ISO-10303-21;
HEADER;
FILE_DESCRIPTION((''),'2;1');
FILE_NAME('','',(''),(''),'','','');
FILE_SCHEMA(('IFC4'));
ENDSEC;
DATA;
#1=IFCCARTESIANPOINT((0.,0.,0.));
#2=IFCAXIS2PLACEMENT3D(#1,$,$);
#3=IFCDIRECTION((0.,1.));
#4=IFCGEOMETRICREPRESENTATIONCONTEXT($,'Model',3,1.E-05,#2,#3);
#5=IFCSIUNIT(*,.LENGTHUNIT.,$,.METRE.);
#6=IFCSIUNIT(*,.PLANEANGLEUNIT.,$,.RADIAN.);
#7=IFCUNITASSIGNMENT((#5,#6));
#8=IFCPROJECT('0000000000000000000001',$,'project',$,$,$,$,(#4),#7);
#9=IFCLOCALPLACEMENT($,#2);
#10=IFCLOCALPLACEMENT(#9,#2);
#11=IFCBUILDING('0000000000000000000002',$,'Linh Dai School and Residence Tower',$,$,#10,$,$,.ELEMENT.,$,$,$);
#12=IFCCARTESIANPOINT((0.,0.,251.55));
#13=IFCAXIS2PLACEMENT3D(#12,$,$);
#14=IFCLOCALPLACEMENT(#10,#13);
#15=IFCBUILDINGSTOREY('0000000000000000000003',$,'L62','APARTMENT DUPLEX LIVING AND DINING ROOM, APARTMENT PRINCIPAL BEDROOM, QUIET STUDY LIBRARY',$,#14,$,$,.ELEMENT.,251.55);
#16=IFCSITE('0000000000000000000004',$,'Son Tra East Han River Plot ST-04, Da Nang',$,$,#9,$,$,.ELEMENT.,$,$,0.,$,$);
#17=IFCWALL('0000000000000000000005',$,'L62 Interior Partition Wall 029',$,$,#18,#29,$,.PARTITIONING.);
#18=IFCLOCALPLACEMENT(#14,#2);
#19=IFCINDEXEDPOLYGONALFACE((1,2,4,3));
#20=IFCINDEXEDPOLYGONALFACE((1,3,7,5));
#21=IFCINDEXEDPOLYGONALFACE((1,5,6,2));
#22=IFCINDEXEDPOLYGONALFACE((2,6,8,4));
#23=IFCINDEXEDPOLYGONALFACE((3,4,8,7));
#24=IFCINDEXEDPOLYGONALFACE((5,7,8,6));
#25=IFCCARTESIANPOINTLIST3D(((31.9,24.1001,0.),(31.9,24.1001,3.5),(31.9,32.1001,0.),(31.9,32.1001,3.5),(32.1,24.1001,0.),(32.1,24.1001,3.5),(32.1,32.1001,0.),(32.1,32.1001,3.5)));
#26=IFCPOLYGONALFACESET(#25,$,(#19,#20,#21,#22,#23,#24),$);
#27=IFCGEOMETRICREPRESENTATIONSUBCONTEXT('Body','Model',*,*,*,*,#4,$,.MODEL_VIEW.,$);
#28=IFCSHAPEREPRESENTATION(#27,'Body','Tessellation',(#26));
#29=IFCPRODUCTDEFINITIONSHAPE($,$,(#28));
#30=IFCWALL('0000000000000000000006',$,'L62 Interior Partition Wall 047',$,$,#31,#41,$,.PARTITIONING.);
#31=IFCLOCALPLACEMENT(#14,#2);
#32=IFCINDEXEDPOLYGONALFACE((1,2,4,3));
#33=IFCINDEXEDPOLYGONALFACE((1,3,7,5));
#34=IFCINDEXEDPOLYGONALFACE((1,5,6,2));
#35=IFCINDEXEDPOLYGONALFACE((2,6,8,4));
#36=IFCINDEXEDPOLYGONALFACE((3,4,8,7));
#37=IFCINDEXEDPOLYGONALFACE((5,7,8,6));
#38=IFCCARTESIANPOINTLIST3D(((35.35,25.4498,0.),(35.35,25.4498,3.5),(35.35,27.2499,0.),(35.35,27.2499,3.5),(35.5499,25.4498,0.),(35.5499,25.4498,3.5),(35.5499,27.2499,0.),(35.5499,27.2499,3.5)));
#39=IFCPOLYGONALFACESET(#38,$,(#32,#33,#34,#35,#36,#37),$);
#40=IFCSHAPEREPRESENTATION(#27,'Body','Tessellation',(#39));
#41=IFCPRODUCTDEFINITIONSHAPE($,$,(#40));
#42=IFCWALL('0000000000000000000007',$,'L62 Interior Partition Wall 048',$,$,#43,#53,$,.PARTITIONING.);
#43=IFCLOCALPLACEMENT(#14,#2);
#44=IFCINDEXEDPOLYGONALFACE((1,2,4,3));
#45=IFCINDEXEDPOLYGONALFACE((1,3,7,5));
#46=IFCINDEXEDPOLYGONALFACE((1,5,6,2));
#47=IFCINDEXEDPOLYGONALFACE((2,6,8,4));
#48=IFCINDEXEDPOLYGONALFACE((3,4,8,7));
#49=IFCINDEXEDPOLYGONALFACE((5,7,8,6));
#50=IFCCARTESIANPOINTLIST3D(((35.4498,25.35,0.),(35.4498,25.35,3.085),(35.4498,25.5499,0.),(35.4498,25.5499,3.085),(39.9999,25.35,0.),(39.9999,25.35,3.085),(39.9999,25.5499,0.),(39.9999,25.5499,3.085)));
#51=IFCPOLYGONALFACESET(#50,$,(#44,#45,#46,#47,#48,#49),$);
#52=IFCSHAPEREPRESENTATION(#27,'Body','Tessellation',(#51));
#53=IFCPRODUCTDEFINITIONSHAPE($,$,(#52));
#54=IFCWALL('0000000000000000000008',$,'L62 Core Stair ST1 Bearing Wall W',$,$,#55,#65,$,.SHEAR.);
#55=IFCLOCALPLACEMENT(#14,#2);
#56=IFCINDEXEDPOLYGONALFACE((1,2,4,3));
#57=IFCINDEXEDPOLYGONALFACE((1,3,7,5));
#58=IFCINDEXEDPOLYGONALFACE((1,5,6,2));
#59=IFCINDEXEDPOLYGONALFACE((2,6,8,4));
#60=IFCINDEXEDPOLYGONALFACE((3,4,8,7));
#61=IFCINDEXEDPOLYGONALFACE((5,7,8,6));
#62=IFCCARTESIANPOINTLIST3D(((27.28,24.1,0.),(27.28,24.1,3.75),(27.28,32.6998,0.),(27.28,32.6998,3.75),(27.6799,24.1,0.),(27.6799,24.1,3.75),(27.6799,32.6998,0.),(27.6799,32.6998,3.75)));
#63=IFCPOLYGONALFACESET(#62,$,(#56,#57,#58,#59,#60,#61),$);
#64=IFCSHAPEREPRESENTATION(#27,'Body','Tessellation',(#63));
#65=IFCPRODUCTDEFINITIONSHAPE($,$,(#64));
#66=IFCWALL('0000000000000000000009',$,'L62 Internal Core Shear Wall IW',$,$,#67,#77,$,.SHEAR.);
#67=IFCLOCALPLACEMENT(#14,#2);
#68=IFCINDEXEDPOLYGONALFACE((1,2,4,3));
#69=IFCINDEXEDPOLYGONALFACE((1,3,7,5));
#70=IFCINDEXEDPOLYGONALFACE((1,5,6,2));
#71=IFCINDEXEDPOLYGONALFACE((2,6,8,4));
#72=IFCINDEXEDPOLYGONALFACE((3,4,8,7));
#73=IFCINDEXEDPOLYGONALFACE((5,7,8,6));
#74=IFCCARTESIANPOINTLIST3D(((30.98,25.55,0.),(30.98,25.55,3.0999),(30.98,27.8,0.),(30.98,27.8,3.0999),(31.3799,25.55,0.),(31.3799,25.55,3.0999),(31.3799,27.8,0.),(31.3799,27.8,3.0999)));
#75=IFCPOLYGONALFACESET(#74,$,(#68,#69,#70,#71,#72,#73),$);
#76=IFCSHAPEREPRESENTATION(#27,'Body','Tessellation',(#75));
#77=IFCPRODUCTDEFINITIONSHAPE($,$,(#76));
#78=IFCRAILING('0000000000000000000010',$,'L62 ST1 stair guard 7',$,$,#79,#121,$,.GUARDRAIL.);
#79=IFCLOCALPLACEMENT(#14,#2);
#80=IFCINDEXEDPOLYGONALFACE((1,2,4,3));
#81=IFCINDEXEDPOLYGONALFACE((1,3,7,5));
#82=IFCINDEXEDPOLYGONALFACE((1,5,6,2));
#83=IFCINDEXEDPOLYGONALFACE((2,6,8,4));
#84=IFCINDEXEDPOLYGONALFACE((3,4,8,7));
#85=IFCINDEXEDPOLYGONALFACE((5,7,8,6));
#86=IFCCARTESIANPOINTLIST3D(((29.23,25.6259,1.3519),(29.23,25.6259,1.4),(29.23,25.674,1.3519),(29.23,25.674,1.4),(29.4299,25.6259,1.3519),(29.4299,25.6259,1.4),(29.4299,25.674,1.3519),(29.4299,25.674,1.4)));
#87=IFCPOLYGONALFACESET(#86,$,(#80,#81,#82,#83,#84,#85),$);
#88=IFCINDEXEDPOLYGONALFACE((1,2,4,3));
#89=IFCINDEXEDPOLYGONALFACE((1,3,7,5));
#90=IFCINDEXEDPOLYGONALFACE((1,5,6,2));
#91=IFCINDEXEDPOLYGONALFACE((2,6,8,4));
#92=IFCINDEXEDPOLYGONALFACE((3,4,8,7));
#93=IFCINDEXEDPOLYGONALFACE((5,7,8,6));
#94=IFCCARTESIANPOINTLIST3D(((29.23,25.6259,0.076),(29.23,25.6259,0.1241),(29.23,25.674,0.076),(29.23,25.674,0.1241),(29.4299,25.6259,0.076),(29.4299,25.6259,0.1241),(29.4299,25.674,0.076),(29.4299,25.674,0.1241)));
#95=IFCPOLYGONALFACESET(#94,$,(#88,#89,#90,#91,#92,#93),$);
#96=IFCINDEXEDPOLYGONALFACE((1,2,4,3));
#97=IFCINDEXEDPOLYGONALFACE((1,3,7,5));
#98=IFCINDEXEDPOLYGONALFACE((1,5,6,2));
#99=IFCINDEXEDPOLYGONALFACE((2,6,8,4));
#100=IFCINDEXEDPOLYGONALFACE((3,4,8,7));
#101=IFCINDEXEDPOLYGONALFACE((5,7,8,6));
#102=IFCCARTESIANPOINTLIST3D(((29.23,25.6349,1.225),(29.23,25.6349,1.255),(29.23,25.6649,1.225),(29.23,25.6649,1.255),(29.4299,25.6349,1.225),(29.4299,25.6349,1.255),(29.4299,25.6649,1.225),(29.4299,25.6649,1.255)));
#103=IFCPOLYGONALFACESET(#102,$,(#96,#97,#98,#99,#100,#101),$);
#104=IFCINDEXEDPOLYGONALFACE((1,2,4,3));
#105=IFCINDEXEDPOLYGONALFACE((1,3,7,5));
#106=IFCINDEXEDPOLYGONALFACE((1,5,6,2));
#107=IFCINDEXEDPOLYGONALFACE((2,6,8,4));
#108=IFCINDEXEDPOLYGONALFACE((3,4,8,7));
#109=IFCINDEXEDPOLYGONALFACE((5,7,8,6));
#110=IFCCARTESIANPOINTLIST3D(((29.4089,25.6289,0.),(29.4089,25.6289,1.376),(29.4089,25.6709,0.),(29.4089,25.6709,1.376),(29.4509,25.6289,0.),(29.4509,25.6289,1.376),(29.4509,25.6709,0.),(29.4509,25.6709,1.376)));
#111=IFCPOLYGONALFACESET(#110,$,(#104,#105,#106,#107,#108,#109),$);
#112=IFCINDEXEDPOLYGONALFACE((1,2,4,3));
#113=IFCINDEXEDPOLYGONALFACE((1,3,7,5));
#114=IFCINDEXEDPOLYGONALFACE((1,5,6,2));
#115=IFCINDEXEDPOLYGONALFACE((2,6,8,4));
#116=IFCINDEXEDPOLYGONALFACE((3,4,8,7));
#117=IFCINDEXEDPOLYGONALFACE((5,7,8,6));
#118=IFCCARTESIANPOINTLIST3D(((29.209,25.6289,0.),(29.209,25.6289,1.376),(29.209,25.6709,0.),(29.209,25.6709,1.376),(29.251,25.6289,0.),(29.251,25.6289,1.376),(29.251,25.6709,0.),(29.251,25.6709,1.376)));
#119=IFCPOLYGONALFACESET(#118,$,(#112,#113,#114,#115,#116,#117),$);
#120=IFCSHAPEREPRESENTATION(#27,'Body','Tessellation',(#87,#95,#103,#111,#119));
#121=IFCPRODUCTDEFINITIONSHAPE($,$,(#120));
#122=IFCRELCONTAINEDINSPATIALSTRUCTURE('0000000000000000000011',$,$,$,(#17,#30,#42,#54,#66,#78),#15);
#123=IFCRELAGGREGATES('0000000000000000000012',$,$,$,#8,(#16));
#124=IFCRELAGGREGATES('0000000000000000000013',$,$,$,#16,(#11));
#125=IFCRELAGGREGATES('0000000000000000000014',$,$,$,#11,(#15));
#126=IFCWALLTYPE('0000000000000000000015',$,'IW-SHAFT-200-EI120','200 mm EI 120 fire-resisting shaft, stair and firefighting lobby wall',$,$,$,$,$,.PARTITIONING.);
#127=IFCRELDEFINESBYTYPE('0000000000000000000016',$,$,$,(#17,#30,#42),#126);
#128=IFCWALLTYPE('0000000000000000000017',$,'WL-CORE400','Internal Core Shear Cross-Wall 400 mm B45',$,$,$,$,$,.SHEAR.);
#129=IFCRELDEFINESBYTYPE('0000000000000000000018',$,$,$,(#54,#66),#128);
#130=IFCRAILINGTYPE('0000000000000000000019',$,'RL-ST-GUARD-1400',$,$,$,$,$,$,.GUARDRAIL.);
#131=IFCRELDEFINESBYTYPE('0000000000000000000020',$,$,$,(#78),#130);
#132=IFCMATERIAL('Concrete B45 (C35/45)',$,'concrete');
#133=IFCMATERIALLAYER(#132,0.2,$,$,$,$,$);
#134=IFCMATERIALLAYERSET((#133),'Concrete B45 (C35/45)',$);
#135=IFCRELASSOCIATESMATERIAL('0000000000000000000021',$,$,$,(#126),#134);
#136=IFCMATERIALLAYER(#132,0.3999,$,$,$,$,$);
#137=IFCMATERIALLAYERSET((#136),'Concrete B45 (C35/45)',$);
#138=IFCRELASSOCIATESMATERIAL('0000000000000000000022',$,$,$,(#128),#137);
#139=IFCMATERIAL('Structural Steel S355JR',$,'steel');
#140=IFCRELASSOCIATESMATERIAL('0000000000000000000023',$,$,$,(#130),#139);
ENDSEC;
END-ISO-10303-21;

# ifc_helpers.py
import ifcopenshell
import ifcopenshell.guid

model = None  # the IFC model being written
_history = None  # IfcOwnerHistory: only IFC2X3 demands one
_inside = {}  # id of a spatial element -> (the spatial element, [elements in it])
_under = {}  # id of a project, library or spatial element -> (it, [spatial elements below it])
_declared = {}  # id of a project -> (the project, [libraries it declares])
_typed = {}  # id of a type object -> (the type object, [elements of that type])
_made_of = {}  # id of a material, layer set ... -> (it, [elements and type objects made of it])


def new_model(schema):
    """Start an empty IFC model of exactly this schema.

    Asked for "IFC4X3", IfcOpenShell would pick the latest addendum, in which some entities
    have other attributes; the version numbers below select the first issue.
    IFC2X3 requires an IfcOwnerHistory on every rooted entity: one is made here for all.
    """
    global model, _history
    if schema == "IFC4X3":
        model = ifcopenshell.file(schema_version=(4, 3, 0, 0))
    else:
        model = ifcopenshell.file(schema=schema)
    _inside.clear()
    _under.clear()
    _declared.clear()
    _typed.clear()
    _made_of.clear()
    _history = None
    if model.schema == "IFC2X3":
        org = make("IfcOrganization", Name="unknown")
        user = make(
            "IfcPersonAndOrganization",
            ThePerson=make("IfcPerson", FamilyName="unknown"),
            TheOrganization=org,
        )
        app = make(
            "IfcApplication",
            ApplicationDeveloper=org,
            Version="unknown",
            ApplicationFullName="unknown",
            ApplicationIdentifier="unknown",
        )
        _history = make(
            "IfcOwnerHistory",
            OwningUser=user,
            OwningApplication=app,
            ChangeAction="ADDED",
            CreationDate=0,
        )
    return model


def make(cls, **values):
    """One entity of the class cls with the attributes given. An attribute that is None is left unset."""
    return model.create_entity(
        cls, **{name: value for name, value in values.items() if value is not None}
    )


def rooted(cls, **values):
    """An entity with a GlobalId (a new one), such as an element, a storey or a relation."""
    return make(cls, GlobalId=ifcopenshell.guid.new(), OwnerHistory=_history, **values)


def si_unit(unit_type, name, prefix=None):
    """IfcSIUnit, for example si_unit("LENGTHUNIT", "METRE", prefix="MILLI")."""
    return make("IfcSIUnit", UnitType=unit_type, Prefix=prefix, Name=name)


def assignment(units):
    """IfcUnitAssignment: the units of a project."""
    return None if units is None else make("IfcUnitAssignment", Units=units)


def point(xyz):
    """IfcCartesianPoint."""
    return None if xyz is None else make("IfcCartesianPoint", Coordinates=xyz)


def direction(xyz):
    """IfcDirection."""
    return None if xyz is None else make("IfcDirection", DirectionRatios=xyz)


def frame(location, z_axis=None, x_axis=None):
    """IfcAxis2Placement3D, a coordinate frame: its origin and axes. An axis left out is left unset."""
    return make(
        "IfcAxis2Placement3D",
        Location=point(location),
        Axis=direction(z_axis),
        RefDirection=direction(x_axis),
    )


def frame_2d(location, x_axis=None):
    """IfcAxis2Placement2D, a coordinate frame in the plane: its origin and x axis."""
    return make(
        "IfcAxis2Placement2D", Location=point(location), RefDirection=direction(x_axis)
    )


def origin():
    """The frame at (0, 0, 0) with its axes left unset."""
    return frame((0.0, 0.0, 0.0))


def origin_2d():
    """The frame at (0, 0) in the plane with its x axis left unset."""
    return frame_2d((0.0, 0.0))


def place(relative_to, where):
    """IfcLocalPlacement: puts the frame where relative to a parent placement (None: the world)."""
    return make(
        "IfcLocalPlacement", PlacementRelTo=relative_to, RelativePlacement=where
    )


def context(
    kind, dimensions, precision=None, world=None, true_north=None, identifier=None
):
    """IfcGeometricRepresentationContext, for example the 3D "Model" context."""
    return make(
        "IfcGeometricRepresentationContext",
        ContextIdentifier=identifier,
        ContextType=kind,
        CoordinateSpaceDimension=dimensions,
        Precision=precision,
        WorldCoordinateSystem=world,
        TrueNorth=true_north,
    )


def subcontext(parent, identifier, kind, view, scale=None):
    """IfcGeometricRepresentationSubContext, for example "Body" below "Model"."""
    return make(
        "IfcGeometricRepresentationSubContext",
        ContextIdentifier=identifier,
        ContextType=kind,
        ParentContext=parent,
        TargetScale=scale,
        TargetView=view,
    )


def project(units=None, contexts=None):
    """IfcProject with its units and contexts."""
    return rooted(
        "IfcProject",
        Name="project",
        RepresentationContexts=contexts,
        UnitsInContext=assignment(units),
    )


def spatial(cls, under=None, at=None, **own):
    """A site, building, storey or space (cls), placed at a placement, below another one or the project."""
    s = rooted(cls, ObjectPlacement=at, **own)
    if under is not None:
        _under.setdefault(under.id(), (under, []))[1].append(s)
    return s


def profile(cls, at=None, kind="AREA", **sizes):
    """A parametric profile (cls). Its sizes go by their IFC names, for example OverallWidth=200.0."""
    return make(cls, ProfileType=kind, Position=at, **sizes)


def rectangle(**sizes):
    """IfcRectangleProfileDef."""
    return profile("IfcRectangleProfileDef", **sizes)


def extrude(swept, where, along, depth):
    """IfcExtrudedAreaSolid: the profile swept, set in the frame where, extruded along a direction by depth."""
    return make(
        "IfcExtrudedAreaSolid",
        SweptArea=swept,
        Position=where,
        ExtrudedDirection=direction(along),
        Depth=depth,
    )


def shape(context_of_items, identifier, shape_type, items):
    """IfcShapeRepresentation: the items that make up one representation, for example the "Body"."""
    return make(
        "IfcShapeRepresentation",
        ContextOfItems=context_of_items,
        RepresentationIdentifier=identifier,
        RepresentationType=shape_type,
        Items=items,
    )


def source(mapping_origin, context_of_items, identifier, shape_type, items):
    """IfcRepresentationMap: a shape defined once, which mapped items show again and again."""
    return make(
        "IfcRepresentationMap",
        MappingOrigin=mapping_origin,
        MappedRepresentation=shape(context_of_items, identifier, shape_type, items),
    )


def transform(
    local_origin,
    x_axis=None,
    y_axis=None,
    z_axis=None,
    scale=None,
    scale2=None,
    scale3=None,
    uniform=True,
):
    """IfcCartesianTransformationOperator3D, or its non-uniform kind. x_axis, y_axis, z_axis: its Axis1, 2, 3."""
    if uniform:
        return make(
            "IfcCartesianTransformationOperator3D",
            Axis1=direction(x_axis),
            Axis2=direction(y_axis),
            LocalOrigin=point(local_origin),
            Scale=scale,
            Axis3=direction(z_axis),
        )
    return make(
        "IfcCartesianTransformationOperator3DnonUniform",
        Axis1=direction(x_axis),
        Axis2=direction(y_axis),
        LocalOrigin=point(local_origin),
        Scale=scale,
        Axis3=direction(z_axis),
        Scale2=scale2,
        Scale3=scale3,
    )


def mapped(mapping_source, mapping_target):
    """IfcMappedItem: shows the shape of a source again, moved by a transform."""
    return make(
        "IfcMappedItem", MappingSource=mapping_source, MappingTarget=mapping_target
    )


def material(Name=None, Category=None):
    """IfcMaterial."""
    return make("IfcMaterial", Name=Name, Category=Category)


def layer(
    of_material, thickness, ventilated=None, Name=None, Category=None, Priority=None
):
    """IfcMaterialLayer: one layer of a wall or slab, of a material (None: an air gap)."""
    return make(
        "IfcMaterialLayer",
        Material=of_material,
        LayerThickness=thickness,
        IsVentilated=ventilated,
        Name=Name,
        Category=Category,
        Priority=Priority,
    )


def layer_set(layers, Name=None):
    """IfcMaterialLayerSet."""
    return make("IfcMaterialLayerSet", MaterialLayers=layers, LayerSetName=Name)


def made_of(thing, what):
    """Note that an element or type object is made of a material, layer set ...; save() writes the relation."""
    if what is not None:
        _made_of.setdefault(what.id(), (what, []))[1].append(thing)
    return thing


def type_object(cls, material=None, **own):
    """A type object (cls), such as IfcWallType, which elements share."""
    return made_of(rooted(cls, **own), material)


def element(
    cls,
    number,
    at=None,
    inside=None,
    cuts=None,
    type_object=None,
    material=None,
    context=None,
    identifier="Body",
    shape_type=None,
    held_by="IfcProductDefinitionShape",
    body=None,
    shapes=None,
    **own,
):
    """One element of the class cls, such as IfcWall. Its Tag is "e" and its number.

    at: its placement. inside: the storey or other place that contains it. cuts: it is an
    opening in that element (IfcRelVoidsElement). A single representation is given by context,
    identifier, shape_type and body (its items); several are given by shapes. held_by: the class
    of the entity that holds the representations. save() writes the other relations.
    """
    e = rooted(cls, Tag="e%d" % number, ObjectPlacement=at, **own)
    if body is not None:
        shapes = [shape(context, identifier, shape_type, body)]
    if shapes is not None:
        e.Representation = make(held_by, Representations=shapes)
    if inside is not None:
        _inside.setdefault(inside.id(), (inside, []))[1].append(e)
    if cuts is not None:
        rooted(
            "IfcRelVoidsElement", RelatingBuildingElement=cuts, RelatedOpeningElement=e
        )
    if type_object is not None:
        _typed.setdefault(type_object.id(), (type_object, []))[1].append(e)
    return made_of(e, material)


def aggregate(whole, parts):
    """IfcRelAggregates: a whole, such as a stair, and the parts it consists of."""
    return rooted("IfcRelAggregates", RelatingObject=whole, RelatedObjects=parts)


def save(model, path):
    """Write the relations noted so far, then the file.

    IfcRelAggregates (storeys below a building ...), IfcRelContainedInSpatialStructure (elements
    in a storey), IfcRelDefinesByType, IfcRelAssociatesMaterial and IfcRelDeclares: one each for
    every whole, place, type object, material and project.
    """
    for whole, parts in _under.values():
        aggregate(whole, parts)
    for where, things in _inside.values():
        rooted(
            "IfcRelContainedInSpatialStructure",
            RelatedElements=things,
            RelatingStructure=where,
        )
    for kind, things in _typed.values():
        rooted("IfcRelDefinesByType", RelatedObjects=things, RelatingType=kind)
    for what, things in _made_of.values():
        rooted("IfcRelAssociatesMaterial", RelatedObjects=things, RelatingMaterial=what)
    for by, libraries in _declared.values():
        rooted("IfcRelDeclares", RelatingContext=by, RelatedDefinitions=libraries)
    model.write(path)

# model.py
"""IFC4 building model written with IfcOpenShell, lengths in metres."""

from ifc_helpers import new_model, si_unit, direction, frame, frame_2d, origin, origin_2d, place, context, subcontext, project, spatial, rectangle, extrude, source, transform, mapped, material, layer, layer_set, type_object, element, save


model = new_model("IFC4")

# Units and contexts
model_context = context("Model", 3, precision=1e-05, world=origin(), true_north=direction((0.0, 1.0)))
body_context = subcontext(model_context, "Body", "Model", "MODEL_VIEW")
ifc_project = project(units=[si_unit("LENGTHUNIT", "METRE"), si_unit("PLANEANGLEUNIT", "RADIAN")], contexts=[model_context])

# Site, building, storey
site_placement = place(None, origin())
site = spatial("IfcSite", under=ifc_project, at=site_placement, Name="Son Tra East Han River Plot ST-04, Da Nang", CompositionType="ELEMENT", RefElevation=0.0)
building_placement = place(site_placement, origin())
building = spatial("IfcBuilding", under=site, at=building_placement, Name="Linh Dai School and Residence Tower", CompositionType="ELEMENT")
storey_placement = place(building_placement, frame((0.0, 0.0, 251.55)))
storey = spatial("IfcBuildingStorey", under=building, at=storey_placement, Name="L62", Description="APARTMENT DUPLEX LIVING AND DINING ROOM, APARTMENT PRINCIPAL BEDROOM, QUIET STUDY LIBRARY", CompositionType="ELEMENT", Elevation=251.55)

# Shared definitions
ifc_material_1 = material(Name="Structural Steel S355JR", Category="steel")

# Shared definitions
ifc_material_2 = material(Name="Concrete B45 (C35/45)", Category="concrete")
ifc_layer_1 = layer(ifc_material_2, 0.2)
ifc_layer_set_1 = layer_set([ifc_layer_1], Name="Concrete B45 (C35/45)")
wall_type_1 = type_object("IfcWallType", Name="IW-SHAFT-200-EI120", Description="200 mm EI 120 fire-resisting shaft, stair and firefighting lobby wall", PredefinedType="PARTITIONING", material=ifc_layer_set_1)

# Wall
wall_1_placement = place(storey_placement, frame((32.0, 24.1001, 0.0), z_axis=(0.0, 0.0, 1.0), x_axis=(0.0, 1.0, 0.0)))
element("IfcWall", 1, at=wall_1_placement, inside=storey, type_object=wall_type_1, Name="L62 Interior Partition Wall 029", PredefinedType="PARTITIONING", context=body_context, shape_type="SweptSolid", body=[
    extrude(rectangle(XDim=8.0, YDim=0.2, at=frame_2d((4.0, 0.0))), origin(), (0.0, 0.0, 1.0), 3.5),
])

# Walls
wall_2_placement = place(storey_placement, frame((35.45, 25.45, 0.0), z_axis=(0.0, 0.0, 1.0), x_axis=(0.0, 1.0, 0.0)))
element("IfcWall", 2, at=wall_2_placement, inside=storey, type_object=wall_type_1, Name="L62 Interior Partition Wall 047", PredefinedType="PARTITIONING", context=body_context, shape_type="SweptSolid", body=[
    extrude(rectangle(XDim=1.8, YDim=0.2, at=frame_2d((0.8999, 0.0))), origin(), (0.0, 0.0, 1.0), 3.5),
])
wall_3_placement = place(storey_placement, frame((35.45, 25.45, 0.0), z_axis=(0.0, 0.0, 1.0), x_axis=(1.0, 0.0, 0.0)))
element("IfcWall", 3, at=wall_3_placement, inside=storey, type_object=wall_type_1, Name="L62 Interior Partition Wall 048", PredefinedType="PARTITIONING", context=body_context, shape_type="SweptSolid", body=[
    extrude(rectangle(XDim=4.55, YDim=0.2, at=frame_2d((2.2749, 0.0))), origin(), (0.0, 0.0, 1.0), 3.085),
])
ifc_layer_2 = layer(ifc_material_2, 0.3999)
ifc_layer_set_2 = layer_set([ifc_layer_2], Name="Concrete B45 (C35/45)")
wall_type_2 = type_object("IfcWallType", Name="WL-CORE400", Description="Internal Core Shear Cross-Wall 400 mm B45", PredefinedType="SHEAR", material=ifc_layer_set_2)
wall_4_placement = place(storey_placement, frame((27.48, 24.1001, 0.0), z_axis=(0.0, 0.0, 1.0), x_axis=(0.0, 1.0, 0.0)))
element("IfcWall", 4, at=wall_4_placement, inside=storey, type_object=wall_type_2, Name="L62 Core Stair ST1 Bearing Wall W", PredefinedType="SHEAR", context=body_context, shape_type="SweptSolid", body=[
    extrude(rectangle(XDim=8.5999, YDim=0.3999, at=frame_2d((4.2998, 0.0))), origin(), (0.0, 0.0, 1.0), 3.75),
])
wall_5_placement = place(storey_placement, frame((31.1799, 25.55, 0.0), z_axis=(0.0, 0.0, 1.0), x_axis=(0.0, 1.0, 0.0)))
element("IfcWall", 5, at=wall_5_placement, inside=storey, type_object=wall_type_2, Name="L62 Internal Core Shear Wall IW", PredefinedType="SHEAR", context=body_context, shape_type="SweptSolid", body=[
    extrude(rectangle(XDim=2.25, YDim=0.3999, at=frame_2d((1.125, 0.0))), origin(), (0.0, 0.0, 1.0), 3.0999),
])

# Railing
railing_type = type_object("IfcRailingType", Name="RL-ST-GUARD-1400", PredefinedType="GUARDRAIL", material=ifc_material_1)
shared_shape_1 = source(origin(), body_context, "Body", "SweptSolid", [
    extrude(rectangle(XDim=0.0481, YDim=0.0481, at=origin_2d()), frame((0.0, 0.0, 1.376), z_axis=(-1.0, 0.0, 0.0), x_axis=(0.0, -1.0, 0.0)), (0.0, 0.0, 1.0), 0.2),
    extrude(rectangle(XDim=0.0481, YDim=0.0481, at=origin_2d()), frame((0.0, 0.0, 0.1001), z_axis=(-1.0, 0.0, 0.0), x_axis=(0.0, -1.0, 0.0)), (0.0, 0.0, 1.0), 0.2),
    extrude(rectangle(XDim=0.03, YDim=0.03, at=origin_2d()), frame((0.0, 0.0, 1.24), z_axis=(-1.0, 0.0, 0.0), x_axis=(0.0, -1.0, 0.0)), (0.0, 0.0, 1.0), 0.2),
    extrude(rectangle(XDim=0.042, YDim=0.042, at=origin_2d()), origin(), (0.0, 0.0, 1.0), 1.376),
    extrude(rectangle(XDim=0.042, YDim=0.042, at=origin_2d()), frame((-0.2, 0.0, 0.0)), (0.0, 0.0, 1.0), 1.376),
])
railing_placement = place(storey_placement, frame((29.4299, 25.6499, 0.0)))
element("IfcRailing", 6, at=railing_placement, inside=storey, type_object=railing_type, Name="L62 ST1 stair guard 7", PredefinedType="GUARDRAIL", context=body_context, shape_type="MappedRepresentation", body=[
    mapped(shared_shape_1, transform((0.0, 0.0, 0.0), x_axis=(1.0, 0.0, 0.0), y_axis=(0.0, 1.0, 0.0), z_axis=(0.0, 0.0, 1.0), scale=1.0)),
])

save(model, "model.ifc")
